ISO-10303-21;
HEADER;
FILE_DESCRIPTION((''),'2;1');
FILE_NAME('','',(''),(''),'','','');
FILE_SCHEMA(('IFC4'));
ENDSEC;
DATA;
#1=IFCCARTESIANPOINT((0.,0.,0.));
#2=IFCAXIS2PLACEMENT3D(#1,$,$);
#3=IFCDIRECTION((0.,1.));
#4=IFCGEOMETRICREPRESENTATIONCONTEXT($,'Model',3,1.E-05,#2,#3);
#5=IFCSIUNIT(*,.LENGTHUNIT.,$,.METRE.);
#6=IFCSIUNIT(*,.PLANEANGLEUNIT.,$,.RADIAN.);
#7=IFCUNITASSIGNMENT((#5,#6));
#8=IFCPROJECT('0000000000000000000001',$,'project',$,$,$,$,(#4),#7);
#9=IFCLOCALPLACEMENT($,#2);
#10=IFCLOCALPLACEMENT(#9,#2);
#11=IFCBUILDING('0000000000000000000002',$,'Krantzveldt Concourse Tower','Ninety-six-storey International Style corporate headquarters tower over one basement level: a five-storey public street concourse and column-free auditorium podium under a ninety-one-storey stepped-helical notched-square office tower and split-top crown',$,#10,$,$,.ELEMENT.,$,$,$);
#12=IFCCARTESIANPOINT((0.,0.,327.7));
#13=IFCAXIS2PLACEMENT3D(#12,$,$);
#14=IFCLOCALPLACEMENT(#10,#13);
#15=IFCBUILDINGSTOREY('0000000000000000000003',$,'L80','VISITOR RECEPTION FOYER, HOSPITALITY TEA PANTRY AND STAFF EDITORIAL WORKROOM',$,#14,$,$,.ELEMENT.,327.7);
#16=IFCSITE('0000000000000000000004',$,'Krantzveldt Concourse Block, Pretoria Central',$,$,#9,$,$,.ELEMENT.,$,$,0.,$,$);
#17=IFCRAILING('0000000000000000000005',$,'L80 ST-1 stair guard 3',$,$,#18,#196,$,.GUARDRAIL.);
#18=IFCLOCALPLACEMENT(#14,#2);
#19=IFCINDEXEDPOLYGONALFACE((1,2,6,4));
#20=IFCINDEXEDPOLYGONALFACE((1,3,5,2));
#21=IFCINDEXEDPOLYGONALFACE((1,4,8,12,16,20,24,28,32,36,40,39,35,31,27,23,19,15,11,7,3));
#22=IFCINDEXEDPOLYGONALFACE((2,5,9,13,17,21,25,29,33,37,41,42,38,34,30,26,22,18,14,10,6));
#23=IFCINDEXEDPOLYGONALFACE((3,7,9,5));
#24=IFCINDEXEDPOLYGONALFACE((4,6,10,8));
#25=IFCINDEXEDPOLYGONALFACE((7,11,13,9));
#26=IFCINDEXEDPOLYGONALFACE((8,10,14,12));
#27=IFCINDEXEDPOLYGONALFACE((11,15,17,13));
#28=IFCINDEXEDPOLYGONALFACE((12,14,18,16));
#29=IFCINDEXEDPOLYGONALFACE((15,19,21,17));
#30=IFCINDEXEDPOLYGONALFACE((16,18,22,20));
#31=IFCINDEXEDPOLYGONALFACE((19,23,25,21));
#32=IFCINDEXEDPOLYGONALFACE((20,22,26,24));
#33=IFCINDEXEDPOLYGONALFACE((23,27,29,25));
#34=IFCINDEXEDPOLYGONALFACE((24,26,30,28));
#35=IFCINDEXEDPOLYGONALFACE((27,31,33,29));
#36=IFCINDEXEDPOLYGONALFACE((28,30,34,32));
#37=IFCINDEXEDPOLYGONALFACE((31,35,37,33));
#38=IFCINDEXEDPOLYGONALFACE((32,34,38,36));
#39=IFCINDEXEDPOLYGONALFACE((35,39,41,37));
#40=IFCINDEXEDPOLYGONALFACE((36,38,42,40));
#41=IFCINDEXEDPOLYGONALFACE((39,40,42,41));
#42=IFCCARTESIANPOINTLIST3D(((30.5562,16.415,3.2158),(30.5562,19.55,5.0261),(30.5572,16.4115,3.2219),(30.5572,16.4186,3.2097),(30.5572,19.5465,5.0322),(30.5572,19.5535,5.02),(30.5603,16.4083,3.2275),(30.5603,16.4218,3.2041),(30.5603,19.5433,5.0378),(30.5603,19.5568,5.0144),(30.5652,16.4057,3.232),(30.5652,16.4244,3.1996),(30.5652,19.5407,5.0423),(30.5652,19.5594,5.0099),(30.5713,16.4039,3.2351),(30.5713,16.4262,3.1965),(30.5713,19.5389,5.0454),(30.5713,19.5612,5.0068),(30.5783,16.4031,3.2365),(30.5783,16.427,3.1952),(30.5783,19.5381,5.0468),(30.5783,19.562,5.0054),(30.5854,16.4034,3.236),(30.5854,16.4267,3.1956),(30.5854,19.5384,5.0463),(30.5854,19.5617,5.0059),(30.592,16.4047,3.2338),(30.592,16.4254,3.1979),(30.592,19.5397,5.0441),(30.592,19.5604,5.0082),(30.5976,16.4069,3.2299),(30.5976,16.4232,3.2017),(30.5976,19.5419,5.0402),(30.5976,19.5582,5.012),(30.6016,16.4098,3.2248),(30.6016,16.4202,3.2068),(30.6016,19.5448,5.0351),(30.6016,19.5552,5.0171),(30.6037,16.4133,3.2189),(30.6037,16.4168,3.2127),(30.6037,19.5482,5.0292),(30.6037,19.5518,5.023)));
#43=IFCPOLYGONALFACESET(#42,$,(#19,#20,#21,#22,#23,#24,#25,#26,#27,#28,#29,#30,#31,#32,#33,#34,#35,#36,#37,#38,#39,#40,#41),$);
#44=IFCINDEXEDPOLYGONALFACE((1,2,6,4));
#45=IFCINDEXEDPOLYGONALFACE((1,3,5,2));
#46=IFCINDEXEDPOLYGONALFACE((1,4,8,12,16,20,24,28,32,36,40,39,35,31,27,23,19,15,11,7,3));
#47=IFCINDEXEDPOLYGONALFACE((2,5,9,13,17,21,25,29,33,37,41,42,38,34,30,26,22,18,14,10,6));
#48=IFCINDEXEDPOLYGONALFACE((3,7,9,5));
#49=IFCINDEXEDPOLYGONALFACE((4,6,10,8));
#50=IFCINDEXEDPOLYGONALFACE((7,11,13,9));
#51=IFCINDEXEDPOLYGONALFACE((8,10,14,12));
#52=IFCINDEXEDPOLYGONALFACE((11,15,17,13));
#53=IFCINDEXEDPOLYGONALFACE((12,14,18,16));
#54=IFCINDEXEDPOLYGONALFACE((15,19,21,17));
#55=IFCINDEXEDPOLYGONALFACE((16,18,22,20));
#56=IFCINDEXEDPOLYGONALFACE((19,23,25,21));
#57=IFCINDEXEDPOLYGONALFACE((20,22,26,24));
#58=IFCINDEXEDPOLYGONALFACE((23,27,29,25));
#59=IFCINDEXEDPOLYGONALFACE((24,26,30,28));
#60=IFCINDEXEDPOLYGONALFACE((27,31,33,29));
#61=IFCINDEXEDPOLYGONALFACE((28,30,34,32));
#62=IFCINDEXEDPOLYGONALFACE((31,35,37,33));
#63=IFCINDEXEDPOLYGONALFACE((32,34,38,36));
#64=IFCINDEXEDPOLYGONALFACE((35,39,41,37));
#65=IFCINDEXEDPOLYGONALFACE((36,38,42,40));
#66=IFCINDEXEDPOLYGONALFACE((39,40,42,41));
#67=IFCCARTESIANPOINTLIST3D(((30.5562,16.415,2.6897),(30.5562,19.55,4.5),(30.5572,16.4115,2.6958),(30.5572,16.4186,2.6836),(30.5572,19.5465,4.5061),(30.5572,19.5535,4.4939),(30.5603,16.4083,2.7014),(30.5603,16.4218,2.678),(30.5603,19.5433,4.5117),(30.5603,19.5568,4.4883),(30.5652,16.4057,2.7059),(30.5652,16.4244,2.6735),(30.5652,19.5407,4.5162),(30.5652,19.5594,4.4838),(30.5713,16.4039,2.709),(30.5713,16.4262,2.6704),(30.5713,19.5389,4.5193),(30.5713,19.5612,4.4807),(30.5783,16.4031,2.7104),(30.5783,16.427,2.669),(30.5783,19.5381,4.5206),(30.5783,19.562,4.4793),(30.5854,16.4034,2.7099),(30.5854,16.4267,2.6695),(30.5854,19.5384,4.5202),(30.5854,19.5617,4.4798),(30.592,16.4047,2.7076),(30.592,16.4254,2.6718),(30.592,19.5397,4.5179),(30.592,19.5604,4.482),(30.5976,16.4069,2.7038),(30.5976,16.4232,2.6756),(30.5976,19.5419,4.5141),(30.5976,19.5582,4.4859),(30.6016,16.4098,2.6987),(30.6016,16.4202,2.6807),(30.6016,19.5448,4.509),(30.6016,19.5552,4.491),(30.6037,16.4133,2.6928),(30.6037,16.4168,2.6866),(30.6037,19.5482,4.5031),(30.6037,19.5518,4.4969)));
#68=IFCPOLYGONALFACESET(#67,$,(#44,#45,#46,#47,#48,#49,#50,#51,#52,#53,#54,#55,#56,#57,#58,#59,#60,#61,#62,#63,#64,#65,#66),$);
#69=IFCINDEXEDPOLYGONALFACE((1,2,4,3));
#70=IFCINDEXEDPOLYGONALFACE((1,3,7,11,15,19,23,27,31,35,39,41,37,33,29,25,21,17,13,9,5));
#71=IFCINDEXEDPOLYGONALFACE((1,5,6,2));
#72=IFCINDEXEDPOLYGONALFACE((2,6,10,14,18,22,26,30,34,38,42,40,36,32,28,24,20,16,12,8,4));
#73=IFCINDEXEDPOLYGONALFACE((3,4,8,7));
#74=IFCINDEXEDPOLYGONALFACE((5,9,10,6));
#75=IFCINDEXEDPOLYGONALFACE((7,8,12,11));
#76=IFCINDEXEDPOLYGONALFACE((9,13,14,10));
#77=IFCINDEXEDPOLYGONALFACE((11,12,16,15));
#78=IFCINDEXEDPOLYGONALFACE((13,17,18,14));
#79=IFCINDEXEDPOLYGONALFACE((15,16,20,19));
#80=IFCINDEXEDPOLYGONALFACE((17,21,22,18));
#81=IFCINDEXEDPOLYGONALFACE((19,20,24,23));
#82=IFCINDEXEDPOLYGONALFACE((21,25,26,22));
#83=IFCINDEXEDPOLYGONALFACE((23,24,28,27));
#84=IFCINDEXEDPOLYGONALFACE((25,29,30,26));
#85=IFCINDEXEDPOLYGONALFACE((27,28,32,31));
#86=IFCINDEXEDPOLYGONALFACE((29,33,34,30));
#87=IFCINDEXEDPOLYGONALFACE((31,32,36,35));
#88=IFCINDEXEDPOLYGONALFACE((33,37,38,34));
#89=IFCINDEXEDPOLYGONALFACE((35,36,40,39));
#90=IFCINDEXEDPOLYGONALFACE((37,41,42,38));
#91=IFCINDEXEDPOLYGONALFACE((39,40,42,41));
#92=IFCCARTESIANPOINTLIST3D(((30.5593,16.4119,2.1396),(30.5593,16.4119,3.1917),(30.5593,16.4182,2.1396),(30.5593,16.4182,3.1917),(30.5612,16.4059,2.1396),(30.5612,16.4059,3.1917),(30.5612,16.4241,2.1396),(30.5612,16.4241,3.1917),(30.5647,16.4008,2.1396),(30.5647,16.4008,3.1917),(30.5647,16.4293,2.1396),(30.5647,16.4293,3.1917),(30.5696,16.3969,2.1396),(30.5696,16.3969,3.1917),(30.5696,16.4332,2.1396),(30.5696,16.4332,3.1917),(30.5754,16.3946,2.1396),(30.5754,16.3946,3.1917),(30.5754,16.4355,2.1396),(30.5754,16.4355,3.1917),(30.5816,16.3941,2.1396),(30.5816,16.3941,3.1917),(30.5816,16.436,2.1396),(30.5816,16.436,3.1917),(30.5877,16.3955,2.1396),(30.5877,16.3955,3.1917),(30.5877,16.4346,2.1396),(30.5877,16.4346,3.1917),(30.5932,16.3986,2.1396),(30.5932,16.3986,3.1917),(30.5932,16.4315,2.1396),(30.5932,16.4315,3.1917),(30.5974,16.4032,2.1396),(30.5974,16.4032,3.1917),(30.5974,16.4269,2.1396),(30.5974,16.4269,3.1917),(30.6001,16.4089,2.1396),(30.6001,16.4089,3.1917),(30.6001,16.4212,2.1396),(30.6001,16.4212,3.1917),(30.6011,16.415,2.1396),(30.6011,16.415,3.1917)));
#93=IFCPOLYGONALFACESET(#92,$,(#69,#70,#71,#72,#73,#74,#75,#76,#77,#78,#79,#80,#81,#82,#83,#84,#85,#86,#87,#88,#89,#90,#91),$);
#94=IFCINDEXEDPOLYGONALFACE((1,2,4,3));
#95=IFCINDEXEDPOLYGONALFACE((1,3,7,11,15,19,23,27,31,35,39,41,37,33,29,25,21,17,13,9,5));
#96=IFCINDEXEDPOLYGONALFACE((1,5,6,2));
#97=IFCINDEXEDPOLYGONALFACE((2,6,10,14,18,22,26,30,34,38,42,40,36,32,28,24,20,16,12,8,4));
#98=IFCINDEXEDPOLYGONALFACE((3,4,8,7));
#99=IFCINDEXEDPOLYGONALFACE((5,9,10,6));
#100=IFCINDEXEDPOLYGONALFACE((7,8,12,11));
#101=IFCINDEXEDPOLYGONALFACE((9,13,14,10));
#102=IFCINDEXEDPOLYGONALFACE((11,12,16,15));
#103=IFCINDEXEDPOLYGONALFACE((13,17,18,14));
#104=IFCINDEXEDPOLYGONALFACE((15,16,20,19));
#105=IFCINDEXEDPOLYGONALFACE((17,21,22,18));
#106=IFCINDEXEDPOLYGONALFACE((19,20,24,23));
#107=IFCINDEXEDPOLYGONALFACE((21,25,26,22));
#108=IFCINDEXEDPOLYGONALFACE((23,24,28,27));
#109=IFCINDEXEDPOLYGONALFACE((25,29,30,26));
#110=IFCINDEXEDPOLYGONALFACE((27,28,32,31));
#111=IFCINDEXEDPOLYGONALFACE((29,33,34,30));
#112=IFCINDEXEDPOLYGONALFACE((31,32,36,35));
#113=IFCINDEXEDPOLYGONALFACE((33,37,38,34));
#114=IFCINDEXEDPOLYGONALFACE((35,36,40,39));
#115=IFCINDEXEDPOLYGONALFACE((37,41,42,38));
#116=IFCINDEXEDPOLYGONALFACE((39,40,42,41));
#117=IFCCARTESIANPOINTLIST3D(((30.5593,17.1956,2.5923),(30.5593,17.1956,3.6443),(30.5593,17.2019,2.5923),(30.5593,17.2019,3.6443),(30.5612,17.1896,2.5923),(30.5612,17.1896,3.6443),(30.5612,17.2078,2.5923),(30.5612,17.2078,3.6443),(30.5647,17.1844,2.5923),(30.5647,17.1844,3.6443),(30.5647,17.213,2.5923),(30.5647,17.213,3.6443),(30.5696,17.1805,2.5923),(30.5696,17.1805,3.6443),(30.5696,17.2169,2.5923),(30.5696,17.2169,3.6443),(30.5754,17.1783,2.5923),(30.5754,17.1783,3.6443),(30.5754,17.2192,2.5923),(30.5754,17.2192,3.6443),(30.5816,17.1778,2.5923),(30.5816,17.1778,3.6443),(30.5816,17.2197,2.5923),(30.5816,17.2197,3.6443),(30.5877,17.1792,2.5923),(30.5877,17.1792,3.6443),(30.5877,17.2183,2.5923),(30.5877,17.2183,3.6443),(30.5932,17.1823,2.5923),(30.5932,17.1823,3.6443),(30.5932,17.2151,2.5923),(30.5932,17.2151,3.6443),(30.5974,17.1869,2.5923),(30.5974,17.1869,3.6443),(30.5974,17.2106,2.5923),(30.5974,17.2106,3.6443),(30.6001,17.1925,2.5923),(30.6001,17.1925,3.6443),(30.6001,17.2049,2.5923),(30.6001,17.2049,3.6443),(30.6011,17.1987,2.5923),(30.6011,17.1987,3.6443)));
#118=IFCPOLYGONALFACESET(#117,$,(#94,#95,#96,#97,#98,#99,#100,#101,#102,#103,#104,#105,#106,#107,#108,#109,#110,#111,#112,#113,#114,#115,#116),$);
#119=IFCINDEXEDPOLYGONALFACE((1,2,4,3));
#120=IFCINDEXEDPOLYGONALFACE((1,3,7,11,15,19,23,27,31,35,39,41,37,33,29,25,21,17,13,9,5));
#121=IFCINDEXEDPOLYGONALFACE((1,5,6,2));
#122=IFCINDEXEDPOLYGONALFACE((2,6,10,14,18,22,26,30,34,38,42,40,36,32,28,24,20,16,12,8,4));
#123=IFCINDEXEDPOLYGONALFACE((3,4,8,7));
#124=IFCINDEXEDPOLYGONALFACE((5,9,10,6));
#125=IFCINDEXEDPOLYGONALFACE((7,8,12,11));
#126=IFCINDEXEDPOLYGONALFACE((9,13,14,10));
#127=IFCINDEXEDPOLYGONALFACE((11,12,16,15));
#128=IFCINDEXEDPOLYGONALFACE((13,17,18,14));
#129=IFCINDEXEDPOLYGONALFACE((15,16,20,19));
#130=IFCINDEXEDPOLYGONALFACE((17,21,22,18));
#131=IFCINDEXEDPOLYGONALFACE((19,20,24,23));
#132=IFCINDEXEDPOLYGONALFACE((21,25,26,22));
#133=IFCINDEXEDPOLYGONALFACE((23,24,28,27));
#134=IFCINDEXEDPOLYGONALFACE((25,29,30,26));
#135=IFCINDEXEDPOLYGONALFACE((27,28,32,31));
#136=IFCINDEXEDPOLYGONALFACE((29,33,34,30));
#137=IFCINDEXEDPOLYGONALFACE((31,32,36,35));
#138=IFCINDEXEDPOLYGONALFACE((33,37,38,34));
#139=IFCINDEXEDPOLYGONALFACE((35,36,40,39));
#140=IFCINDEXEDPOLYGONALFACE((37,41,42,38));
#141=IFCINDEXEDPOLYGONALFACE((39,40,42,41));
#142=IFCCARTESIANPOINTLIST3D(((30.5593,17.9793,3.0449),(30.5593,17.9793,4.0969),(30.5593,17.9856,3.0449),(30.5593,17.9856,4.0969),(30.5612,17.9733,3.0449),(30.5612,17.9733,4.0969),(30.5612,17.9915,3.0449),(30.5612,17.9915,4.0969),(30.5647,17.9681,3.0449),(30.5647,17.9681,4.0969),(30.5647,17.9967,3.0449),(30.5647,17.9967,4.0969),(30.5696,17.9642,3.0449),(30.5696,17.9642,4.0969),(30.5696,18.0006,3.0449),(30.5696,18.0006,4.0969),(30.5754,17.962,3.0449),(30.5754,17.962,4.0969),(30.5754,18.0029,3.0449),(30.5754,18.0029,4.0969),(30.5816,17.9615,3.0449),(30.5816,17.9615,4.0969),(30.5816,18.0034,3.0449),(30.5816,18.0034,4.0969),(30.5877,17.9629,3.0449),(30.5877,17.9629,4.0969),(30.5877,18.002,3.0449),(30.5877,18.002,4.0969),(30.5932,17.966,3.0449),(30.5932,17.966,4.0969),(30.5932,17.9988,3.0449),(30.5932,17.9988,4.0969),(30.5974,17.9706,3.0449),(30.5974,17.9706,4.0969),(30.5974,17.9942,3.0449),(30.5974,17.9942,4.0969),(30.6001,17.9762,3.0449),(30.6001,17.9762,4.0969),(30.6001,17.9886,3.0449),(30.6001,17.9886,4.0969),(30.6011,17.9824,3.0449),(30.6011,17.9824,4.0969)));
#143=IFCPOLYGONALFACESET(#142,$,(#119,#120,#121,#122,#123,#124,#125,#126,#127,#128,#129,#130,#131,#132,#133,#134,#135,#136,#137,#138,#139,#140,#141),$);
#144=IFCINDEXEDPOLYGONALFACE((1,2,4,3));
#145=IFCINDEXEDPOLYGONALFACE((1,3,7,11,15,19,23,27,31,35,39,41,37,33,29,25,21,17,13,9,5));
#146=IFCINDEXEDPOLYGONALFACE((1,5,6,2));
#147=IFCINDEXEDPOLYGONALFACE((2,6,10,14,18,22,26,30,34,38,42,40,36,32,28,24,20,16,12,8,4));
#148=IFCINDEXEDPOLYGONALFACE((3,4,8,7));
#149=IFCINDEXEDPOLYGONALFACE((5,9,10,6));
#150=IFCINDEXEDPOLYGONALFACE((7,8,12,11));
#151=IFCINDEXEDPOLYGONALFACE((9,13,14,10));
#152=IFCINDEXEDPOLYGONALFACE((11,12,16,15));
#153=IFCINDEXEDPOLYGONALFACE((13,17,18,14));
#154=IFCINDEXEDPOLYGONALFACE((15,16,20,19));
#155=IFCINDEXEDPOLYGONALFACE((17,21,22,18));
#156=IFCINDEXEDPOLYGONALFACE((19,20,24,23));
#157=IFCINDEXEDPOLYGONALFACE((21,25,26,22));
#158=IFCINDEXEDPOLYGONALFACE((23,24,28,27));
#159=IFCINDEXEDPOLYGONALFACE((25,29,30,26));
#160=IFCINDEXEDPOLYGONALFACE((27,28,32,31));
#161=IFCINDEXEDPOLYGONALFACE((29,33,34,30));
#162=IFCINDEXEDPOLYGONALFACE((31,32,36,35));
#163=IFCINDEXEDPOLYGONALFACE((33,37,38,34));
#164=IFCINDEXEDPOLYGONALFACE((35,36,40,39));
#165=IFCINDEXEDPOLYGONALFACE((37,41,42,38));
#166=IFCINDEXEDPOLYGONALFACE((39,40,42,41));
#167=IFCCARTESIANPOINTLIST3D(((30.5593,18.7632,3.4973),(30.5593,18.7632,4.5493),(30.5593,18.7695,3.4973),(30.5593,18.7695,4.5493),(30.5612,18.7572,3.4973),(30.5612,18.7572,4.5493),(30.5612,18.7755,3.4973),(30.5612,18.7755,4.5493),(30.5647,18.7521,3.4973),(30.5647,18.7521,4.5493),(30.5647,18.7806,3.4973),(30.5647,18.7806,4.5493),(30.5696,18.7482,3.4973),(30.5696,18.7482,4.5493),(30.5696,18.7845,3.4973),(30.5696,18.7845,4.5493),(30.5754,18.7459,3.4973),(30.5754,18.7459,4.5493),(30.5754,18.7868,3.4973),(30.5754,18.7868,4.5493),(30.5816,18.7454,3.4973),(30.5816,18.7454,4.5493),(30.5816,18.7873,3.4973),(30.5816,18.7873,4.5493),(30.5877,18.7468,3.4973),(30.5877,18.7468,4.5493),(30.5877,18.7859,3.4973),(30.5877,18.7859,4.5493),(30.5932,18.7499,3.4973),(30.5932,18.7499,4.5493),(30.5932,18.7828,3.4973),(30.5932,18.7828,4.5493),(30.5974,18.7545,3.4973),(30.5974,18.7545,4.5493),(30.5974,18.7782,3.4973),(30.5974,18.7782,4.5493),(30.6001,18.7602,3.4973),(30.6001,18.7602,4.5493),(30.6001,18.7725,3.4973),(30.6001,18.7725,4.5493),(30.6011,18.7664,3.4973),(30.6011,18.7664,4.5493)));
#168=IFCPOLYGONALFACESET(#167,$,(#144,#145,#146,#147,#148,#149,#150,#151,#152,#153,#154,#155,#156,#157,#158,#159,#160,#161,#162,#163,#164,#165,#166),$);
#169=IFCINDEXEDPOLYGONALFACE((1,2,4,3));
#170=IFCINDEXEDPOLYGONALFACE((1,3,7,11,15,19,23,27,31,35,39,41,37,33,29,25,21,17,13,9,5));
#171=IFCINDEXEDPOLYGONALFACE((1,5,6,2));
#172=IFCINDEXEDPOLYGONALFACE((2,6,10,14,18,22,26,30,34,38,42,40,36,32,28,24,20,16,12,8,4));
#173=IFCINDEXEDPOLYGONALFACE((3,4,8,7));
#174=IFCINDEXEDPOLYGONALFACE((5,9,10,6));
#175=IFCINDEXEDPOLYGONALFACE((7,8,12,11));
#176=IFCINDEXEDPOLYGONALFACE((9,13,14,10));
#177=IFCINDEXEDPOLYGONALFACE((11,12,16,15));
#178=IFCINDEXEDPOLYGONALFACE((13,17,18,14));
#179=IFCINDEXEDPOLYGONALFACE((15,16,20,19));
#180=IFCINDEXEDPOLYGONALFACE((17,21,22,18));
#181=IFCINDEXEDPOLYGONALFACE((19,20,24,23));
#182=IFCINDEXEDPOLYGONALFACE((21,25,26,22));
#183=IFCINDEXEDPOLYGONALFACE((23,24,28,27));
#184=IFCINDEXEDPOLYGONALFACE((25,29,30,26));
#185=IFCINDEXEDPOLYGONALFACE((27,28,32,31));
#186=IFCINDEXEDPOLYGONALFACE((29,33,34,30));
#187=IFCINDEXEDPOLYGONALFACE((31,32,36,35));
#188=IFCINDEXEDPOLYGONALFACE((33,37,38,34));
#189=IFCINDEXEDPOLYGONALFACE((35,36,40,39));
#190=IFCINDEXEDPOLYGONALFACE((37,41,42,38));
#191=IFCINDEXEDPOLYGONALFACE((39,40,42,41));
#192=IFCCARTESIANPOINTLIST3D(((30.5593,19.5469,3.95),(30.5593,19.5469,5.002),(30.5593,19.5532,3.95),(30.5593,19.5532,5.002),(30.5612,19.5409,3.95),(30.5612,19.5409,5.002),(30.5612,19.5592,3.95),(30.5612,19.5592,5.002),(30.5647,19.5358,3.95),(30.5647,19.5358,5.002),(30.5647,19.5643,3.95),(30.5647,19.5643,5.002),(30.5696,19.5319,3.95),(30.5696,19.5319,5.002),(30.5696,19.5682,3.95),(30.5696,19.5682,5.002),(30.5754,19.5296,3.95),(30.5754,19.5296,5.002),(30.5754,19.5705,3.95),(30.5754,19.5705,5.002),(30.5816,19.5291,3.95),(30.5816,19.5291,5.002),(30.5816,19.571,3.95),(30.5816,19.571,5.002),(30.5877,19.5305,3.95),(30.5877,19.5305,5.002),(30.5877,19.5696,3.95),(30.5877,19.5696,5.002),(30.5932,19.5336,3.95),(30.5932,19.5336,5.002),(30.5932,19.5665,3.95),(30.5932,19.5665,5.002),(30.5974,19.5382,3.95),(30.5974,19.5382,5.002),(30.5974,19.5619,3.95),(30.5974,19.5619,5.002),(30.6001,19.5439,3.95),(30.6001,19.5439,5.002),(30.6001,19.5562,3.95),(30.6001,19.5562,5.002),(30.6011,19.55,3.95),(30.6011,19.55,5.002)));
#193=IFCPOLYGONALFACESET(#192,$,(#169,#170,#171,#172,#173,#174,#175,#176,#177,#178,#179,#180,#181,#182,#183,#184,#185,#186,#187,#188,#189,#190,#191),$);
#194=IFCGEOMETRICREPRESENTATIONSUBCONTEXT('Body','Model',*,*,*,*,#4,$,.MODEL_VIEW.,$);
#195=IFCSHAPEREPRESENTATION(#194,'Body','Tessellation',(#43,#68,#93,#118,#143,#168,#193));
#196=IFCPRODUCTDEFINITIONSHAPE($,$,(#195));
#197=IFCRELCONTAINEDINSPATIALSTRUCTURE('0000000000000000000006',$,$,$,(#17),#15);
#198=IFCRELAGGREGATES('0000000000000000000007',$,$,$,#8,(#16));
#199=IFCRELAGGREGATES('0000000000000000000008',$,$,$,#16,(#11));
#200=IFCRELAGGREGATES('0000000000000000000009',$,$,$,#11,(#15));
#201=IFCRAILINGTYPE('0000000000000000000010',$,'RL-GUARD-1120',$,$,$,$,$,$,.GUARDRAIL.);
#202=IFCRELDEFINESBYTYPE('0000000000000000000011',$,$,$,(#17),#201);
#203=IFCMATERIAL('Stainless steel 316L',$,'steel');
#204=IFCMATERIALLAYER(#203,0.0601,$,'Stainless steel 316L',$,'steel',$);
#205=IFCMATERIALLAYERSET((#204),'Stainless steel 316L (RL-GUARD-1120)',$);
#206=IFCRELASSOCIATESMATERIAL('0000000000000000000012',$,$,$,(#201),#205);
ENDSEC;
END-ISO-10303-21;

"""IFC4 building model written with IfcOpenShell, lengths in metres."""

from ifc_helpers import new_model, si_unit, direction, frame, origin, origin_2d, place, context, subcontext, project, spatial, circle, extrude, material, layer, layer_set, type_object, element, save


model = new_model("IFC4")

# Units and contexts
model_context = context("Model", 3, precision=1e-05, world=origin(), true_north=direction((0.0, 1.0)))
body_context = subcontext(model_context, "Body", "Model", "MODEL_VIEW")
ifc_project = project(units=[si_unit("LENGTHUNIT", "METRE"), si_unit("PLANEANGLEUNIT", "RADIAN")], contexts=[model_context])

# Site, building, storey
site_placement = place(None, origin())
site = spatial("IfcSite", under=ifc_project, at=site_placement, Name="Krantzveldt Concourse Block, Pretoria Central", CompositionType="ELEMENT", RefElevation=0.0)
building_placement = place(site_placement, origin())
building = spatial("IfcBuilding", under=site, at=building_placement, Name="Krantzveldt Concourse Tower", Description="Ninety-six-storey International Style corporate headquarters tower over one basement level: a five-storey public street concourse and column-free auditorium podium under a ninety-one-storey stepped-helical notched-square office tower and split-top crown", CompositionType="ELEMENT")
storey_placement = place(building_placement, frame((0.0, 0.0, 327.7)))
storey = spatial("IfcBuildingStorey", under=building, at=storey_placement, Name="L80", Description="VISITOR RECEPTION FOYER, HOSPITALITY TEA PANTRY AND STAFF EDITORIAL WORKROOM", CompositionType="ELEMENT", Elevation=327.7)

# Shared definitions
ifc_material_1 = material(Name="Stainless steel 316L", Category="steel")

# Railing
ifc_layer_1 = layer(ifc_material_1, 0.0601, Name="Stainless steel 316L", Category="steel")
ifc_layer_set_1 = layer_set([ifc_layer_1], Name="Stainless steel 316L (RL-GUARD-1120)")
railing_type_1 = type_object("IfcRailingType", Name="RL-GUARD-1120", PredefinedType="GUARDRAIL", material=ifc_layer_set_1)
railing_1_placement = place(storey_placement, frame((30.5801, 16.415, 2.1396)))
element("IfcRailing", 1, at=railing_1_placement, inside=storey, type_object=railing_type_1, Name="L80 ST-1 stair guard 3", PredefinedType="GUARDRAIL", context=body_context, shape_type="SweptSolid", body=[
    extrude(circle(Radius=0.0239, at=origin_2d()), frame((0.0, 0.0, 1.0762), z_axis=(0.0, 0.865989, 0.500063), x_axis=(-1.0, 0.0, 0.0)), (0.0, 0.0, 1.0), 3.6201),
    extrude(circle(Radius=0.0239, at=origin_2d()), frame((0.0, 0.0, 0.55), z_axis=(0.0, 0.865989, 0.500063), x_axis=(-1.0, 0.0, 0.0)), (0.0, 0.0, 1.0), 3.6201),
    extrude(circle(Radius=0.021, at=origin_2d()), origin(), (0.0, 0.0, 1.0), 1.052),
    extrude(circle(Radius=0.021, at=origin_2d()), frame((0.0, 0.7837, 0.4526)), (0.0, 0.0, 1.0), 1.052),
    extrude(circle(Radius=0.021, at=origin_2d()), frame((0.0, 1.5674, 0.9053)), (0.0, 0.0, 1.0), 1.052),
    extrude(circle(Radius=0.021, at=origin_2d()), frame((0.0, 2.3513, 1.3577)), (0.0, 0.0, 1.0), 1.052),
    extrude(circle(Radius=0.021, at=origin_2d()), frame((0.0, 3.135, 1.8103)), (0.0, 0.0, 1.0), 1.052),
])

save(model, "model.ifc")
